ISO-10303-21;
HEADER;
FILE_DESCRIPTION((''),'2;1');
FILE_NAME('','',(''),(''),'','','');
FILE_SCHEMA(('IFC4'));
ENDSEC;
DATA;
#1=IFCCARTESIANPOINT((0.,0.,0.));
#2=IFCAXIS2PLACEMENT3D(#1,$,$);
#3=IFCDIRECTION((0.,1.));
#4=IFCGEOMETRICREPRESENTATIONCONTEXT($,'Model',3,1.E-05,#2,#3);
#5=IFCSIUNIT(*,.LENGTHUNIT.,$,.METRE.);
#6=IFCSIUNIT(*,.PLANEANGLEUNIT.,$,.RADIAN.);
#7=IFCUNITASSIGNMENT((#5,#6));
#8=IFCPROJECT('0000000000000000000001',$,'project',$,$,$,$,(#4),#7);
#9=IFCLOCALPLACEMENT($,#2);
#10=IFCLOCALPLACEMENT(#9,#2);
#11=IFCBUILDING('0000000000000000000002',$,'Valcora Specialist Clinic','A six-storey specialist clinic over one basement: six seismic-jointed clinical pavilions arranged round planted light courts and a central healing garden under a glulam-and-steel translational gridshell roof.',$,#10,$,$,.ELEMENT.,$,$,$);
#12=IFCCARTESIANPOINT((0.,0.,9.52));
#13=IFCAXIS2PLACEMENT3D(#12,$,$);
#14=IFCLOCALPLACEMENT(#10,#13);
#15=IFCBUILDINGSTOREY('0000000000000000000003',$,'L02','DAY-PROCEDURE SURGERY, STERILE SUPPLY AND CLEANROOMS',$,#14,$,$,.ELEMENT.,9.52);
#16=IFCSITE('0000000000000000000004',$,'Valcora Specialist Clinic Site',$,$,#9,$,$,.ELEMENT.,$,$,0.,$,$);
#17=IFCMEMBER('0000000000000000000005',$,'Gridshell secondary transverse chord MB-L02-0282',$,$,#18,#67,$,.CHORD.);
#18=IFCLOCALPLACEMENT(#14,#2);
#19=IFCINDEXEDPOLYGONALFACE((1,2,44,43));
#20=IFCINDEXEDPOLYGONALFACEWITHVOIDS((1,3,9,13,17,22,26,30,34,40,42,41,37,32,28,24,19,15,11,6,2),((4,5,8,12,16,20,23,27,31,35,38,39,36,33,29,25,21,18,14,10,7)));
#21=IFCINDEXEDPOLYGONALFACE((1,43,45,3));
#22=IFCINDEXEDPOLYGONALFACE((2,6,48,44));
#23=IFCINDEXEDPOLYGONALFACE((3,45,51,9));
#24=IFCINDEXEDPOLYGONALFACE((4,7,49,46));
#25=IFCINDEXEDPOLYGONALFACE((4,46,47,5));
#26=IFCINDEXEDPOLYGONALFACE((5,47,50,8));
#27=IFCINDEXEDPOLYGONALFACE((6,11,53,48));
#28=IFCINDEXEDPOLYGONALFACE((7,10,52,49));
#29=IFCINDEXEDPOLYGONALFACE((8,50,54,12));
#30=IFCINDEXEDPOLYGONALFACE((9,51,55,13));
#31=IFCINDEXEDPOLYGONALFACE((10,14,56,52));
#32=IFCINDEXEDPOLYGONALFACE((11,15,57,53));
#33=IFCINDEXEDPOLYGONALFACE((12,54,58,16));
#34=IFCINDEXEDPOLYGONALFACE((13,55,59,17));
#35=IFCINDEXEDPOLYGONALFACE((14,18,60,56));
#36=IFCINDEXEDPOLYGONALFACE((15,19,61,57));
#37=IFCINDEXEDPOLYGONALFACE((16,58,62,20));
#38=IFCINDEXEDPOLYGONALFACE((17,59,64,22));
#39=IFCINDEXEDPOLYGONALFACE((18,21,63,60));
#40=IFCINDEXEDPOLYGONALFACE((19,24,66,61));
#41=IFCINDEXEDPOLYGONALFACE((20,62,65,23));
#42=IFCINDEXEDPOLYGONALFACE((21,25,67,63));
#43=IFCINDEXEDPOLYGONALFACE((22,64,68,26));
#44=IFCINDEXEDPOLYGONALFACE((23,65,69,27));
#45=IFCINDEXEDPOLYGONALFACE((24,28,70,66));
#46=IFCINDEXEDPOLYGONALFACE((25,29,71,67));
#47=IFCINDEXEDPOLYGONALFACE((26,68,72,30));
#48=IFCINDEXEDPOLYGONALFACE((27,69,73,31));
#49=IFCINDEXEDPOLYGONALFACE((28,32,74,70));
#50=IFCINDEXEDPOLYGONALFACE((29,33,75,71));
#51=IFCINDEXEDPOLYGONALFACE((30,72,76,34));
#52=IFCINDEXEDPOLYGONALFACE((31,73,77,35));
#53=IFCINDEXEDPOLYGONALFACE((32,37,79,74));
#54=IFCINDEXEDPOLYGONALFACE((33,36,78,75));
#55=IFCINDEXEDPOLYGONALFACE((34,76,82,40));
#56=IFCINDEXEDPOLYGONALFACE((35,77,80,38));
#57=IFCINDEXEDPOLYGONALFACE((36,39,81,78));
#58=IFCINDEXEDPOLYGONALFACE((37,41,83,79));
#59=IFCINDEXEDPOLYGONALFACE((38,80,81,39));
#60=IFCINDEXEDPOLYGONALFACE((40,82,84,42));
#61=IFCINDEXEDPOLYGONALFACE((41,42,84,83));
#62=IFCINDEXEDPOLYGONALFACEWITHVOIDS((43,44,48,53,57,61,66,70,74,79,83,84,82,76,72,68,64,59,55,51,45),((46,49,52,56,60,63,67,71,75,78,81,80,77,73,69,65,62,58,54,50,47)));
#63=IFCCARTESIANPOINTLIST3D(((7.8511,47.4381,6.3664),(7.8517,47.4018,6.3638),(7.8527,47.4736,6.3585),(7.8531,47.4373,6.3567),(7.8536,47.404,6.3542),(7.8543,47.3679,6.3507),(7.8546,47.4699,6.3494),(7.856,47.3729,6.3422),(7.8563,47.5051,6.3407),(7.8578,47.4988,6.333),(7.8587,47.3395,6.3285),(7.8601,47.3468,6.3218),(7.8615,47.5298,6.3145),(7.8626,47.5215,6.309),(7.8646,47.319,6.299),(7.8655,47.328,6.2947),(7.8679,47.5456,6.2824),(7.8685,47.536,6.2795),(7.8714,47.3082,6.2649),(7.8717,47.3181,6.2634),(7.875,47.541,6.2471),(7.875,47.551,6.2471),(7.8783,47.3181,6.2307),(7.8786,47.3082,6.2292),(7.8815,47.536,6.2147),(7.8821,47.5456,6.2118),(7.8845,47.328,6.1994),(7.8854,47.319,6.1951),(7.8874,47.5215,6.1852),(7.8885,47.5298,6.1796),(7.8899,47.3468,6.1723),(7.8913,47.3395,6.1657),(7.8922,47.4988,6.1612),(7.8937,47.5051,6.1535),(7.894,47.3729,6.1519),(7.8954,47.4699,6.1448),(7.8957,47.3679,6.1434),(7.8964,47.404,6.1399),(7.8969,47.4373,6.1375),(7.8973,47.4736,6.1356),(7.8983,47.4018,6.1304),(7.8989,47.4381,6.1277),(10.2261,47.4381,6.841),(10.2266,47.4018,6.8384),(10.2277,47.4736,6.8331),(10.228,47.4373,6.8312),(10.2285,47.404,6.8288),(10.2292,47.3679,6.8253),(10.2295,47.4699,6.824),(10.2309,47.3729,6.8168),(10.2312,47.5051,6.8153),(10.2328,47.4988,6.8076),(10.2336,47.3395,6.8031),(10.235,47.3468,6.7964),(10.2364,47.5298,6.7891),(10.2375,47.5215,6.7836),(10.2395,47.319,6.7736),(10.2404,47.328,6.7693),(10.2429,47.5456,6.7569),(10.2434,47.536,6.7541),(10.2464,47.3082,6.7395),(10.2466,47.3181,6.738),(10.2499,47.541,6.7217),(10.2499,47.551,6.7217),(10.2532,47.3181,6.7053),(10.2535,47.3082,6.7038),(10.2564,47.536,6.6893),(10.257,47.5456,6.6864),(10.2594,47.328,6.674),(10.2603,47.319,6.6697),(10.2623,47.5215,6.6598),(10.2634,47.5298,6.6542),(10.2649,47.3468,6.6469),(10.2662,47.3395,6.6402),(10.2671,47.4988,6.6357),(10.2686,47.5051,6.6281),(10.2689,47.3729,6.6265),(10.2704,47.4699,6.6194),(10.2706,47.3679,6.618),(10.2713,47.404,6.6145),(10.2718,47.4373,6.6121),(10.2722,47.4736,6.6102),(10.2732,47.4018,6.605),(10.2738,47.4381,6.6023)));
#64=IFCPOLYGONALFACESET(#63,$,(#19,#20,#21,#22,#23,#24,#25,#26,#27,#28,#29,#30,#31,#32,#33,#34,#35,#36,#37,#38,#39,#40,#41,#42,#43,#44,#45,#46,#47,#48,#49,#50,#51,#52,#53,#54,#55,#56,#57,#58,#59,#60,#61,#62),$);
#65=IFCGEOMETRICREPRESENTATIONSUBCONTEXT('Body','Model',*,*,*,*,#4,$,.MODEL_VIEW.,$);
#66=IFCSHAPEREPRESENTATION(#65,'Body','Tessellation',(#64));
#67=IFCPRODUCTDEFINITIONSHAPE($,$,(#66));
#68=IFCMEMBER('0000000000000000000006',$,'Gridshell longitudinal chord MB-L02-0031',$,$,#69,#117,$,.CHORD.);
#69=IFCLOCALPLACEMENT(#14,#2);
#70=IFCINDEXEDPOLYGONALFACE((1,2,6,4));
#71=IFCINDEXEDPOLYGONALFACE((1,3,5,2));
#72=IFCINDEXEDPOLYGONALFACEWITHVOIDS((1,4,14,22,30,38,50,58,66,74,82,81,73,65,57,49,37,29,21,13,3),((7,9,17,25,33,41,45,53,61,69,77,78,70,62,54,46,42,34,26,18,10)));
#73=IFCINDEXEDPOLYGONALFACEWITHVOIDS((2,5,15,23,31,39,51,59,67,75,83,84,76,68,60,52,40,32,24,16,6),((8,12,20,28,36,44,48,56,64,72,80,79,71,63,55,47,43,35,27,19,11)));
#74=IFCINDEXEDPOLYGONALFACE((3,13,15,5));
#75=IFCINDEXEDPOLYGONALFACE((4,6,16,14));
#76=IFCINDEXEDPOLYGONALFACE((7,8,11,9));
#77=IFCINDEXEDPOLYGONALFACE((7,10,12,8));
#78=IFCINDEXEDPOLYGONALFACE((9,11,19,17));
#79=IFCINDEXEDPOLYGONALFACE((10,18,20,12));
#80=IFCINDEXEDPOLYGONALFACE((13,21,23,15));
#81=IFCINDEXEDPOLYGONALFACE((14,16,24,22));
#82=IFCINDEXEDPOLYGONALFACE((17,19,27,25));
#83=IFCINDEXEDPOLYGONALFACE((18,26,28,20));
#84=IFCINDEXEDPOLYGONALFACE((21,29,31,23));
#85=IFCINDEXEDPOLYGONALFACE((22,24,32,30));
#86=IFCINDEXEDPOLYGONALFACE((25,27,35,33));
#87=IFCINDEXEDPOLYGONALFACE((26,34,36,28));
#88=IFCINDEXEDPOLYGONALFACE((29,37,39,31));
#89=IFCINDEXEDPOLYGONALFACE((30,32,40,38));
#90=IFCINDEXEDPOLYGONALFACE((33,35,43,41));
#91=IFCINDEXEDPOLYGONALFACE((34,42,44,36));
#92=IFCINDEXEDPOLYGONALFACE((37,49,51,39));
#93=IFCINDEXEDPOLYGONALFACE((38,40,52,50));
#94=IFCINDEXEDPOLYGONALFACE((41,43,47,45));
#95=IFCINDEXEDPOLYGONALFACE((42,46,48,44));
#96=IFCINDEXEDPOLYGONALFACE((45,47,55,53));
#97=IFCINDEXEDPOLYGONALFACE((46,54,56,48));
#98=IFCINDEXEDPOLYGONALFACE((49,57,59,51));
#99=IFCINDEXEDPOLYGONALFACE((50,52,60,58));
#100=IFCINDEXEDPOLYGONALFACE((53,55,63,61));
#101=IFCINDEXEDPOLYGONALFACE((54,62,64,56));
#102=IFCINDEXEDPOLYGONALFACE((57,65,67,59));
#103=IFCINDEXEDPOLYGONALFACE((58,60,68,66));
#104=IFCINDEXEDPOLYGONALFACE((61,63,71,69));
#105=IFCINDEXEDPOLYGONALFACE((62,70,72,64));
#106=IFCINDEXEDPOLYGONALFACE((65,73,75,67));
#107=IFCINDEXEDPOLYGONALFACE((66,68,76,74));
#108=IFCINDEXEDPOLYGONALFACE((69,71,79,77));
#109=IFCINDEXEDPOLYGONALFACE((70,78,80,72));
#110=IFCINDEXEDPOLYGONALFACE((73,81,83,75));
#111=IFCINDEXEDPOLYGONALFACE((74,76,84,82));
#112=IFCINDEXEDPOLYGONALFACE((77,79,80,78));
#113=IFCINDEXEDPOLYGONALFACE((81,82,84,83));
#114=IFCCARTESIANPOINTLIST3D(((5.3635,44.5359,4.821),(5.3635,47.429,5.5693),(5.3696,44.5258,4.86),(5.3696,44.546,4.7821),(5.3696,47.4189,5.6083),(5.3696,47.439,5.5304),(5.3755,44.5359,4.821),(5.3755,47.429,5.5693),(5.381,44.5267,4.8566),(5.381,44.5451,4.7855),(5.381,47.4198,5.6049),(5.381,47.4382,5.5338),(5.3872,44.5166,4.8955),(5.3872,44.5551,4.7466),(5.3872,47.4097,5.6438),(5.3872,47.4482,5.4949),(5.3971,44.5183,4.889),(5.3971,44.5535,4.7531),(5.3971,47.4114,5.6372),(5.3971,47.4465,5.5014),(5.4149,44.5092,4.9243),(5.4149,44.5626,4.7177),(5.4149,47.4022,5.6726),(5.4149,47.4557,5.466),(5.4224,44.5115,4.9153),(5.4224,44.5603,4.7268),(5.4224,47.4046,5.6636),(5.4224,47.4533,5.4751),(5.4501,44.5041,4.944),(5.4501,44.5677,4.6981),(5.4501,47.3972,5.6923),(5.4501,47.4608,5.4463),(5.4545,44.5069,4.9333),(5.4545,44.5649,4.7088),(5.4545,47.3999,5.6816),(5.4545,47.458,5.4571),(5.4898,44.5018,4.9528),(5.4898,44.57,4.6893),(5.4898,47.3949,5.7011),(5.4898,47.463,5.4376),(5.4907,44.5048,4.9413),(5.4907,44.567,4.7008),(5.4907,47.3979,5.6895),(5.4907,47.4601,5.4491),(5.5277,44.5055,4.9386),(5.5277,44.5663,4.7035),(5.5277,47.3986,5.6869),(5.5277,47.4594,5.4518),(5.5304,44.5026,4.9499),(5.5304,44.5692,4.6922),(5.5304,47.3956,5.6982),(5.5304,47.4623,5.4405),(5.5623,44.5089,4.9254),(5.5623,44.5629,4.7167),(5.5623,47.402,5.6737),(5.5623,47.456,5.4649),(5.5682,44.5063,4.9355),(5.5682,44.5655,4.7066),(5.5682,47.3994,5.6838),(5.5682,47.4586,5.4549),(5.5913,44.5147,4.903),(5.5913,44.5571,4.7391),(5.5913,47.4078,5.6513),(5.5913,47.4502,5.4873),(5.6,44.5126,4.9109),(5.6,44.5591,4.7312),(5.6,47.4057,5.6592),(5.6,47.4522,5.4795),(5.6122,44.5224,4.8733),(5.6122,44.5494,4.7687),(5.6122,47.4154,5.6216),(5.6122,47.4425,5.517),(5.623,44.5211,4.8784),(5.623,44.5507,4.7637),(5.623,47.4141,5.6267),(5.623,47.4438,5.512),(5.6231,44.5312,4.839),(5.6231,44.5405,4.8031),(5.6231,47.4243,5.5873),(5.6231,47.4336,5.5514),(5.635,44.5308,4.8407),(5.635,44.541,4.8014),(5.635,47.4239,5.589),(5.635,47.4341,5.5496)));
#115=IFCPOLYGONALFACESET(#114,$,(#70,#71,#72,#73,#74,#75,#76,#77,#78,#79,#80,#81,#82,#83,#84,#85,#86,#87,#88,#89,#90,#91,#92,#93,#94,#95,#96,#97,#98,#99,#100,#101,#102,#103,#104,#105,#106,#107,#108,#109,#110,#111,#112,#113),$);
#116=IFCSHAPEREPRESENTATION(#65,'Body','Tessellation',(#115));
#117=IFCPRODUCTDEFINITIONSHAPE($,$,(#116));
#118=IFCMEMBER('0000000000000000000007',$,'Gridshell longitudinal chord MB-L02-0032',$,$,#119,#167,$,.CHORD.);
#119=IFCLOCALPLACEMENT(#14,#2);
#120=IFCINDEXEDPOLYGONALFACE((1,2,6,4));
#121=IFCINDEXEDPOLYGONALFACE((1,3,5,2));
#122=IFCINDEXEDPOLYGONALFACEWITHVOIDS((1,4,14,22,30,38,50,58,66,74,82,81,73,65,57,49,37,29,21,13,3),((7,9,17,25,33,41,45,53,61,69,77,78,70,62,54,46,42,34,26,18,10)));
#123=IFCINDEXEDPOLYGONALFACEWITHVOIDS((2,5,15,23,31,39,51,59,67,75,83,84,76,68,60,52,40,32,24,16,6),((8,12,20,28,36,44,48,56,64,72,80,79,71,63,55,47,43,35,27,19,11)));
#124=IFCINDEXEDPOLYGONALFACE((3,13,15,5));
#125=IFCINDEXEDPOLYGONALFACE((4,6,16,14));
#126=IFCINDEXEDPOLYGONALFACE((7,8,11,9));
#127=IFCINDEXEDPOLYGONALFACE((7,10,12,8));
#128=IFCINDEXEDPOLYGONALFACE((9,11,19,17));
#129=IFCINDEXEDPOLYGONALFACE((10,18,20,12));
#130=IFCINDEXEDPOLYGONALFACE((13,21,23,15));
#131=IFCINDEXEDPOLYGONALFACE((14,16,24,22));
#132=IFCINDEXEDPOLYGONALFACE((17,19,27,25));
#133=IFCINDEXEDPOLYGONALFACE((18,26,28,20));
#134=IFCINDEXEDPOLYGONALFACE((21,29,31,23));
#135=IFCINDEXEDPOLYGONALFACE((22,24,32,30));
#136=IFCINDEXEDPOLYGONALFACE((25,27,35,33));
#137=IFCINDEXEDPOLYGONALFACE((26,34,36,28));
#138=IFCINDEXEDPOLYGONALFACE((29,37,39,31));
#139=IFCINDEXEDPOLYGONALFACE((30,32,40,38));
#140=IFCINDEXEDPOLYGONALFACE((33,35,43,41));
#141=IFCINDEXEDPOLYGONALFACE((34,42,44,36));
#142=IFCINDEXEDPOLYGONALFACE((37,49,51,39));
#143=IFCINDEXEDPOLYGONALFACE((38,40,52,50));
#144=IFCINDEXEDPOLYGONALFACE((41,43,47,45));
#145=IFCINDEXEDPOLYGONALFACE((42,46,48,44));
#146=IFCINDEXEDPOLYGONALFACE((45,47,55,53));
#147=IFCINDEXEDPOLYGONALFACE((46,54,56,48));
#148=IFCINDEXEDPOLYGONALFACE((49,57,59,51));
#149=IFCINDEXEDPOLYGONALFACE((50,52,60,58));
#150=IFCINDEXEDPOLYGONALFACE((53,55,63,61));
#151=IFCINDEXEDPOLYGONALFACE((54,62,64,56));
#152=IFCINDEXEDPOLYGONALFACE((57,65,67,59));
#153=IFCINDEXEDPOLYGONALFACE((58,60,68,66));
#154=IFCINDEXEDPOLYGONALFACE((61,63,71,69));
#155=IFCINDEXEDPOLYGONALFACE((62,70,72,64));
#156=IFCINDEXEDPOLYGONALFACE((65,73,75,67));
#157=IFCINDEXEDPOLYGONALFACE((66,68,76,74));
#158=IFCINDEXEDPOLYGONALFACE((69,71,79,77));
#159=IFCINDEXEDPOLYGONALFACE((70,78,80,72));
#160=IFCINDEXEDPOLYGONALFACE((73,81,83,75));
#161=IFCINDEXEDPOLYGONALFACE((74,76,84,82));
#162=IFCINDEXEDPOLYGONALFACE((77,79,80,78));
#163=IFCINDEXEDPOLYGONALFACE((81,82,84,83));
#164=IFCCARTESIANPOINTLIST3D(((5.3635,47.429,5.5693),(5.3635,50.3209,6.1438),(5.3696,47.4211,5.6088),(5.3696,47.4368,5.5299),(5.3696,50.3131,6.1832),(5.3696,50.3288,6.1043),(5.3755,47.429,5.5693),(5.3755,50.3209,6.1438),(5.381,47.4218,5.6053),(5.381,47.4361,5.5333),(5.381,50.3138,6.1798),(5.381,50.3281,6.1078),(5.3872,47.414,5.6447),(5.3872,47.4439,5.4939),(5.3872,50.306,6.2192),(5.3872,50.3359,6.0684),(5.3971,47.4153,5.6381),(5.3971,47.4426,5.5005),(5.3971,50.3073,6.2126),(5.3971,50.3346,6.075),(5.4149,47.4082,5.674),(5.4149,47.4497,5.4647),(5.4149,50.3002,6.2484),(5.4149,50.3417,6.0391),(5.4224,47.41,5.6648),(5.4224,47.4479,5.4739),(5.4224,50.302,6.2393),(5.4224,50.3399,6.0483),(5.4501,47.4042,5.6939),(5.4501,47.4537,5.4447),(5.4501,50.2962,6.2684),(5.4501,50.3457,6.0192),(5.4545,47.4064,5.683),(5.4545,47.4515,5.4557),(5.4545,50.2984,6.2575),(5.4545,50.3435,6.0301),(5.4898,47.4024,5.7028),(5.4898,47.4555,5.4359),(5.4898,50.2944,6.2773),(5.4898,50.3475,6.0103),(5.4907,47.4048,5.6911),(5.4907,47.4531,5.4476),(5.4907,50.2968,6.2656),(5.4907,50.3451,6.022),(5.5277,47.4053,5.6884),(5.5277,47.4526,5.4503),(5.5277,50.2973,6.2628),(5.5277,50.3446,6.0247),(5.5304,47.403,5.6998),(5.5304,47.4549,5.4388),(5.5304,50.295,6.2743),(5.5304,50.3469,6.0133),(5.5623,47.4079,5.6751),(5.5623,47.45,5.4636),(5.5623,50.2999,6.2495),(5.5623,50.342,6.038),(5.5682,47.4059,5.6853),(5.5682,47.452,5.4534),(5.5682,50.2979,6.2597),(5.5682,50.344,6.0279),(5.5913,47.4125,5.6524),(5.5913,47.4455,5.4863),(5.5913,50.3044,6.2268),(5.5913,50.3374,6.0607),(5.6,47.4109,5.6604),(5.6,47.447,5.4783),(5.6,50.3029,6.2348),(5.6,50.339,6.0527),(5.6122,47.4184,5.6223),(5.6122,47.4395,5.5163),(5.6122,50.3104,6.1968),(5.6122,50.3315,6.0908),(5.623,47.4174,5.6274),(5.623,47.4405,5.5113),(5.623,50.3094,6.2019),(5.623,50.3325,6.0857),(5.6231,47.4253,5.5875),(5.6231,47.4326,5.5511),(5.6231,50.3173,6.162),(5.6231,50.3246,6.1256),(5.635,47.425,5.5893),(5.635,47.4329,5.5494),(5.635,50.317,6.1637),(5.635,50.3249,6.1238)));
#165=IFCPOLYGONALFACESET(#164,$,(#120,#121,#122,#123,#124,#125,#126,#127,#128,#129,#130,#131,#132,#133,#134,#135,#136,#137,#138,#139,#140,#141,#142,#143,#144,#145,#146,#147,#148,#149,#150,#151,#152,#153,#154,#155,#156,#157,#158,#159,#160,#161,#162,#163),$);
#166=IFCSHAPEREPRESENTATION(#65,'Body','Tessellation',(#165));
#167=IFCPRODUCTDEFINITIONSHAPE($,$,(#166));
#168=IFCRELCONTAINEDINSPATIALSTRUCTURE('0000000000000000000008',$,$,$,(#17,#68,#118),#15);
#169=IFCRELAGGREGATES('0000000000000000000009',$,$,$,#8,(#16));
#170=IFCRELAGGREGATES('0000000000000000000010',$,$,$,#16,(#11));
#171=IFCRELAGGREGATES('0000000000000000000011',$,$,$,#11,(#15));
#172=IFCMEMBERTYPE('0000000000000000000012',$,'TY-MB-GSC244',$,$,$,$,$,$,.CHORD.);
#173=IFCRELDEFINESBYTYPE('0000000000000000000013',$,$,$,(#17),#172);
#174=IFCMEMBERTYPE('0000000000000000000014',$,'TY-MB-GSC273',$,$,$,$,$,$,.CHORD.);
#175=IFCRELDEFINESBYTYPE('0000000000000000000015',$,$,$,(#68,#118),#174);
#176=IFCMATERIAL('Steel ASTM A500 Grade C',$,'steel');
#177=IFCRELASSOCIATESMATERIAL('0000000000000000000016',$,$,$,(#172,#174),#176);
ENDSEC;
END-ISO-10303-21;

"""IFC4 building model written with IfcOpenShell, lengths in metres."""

from ifc_helpers import new_model, si_unit, direction, frame, origin, origin_2d, place, context, subcontext, project, spatial, hollow_circle, extrude, material, material_profile, profile_set, type_object, element, save


model = new_model("IFC4")

# Units and contexts
model_context = context("Model", 3, precision=1e-05, world=origin(), true_north=direction((0.0, 1.0)))
body_context = subcontext(model_context, "Body", "Model", "MODEL_VIEW")
ifc_project = project(units=[si_unit("LENGTHUNIT", "METRE"), si_unit("PLANEANGLEUNIT", "RADIAN")], contexts=[model_context])

# Site, building, storey
site_placement = place(None, origin())
site = spatial("IfcSite", under=ifc_project, at=site_placement, Name="Valcora Specialist Clinic Site", CompositionType="ELEMENT", RefElevation=0.0)
building_placement = place(site_placement, origin())
building = spatial("IfcBuilding", under=site, at=building_placement, Name="Valcora Specialist Clinic", Description="A six-storey specialist clinic over one basement: six seismic-jointed clinical pavilions arranged round planted light courts and a central healing garden under a glulam-and-steel translational gridshell roof.", CompositionType="ELEMENT")
storey_placement = place(building_placement, frame((0.0, 0.0, 9.52)))
storey = spatial("IfcBuildingStorey", under=building, at=storey_placement, Name="L02", Description="DAY-PROCEDURE SURGERY, STERILE SUPPLY AND CLEANROOMS", CompositionType="ELEMENT", Elevation=9.52)

# Members
ifc_material_1 = material(Name="Steel ASTM A500 Grade C", Category="steel")
ifc_material_profile_1 = material_profile(ifc_material_1, hollow_circle(Radius=0.1221, WallThickness=0.01, at=origin_2d()), Name="ST-CHS-244X10")
ifc_profile_set_1 = profile_set([ifc_material_profile_1], Name="Steel ASTM A500 Grade C")
member_type_1 = type_object("IfcMemberType", Name="TY-MB-GSC244", PredefinedType="CHORD", material=ifc_profile_set_1)
member_1_placement = place(storey_placement, frame((7.875, 47.429, 6.2471), z_axis=(0.980612, 0.0, 0.195961), x_axis=(0.0, 1.0, 0.0)))
element("IfcMember", 1, at=member_1_placement, inside=storey, type_object=member_type_1, Name="Gridshell secondary transverse chord MB-L02-0282", PredefinedType="CHORD", context=body_context, shape_type="SweptSolid", body=[
    extrude(hollow_circle(Radius=0.1221, WallThickness=0.01, at=origin_2d()), origin(), (0.0, 0.0, 1.0), 2.4219),
])
ifc_material_profile_2 = material_profile(ifc_material_1, hollow_circle(Radius=0.1365, WallThickness=0.012, at=origin_2d()), Name="ST-CHS-273X12")
ifc_profile_set_2 = profile_set([ifc_material_profile_2], Name="Steel ASTM A500 Grade C")
member_type_2 = type_object("IfcMemberType", Name="TY-MB-GSC273", PredefinedType="CHORD", material=ifc_profile_set_2)
member_2_placement = place(storey_placement, frame((5.5, 44.5359, 4.821), z_axis=(0.0, 0.96814, 0.250409), x_axis=(-1.0, 0.0, 0.0)))
element("IfcMember", 2, at=member_2_placement, inside=storey, type_object=member_type_2, Name="Gridshell longitudinal chord MB-L02-0031", PredefinedType="CHORD", context=body_context, shape_type="SweptSolid", body=[
    extrude(hollow_circle(Radius=0.1365, WallThickness=0.012, at=origin_2d()), origin(), (0.0, 0.0, 1.0), 2.9883),
])
member_3_placement = place(storey_placement, frame((5.5, 47.429, 5.5693), z_axis=(0.0, 0.980838, 0.194826), x_axis=(-1.0, 0.0, 0.0)))
element("IfcMember", 3, at=member_3_placement, inside=storey, type_object=member_type_2, Name="Gridshell longitudinal chord MB-L02-0032", PredefinedType="CHORD", context=body_context, shape_type="SweptSolid", body=[
    extrude(hollow_circle(Radius=0.1365, WallThickness=0.012, at=origin_2d()), origin(), (0.0, 0.0, 1.0), 2.9485),
])

save(model, "model.ifc")
